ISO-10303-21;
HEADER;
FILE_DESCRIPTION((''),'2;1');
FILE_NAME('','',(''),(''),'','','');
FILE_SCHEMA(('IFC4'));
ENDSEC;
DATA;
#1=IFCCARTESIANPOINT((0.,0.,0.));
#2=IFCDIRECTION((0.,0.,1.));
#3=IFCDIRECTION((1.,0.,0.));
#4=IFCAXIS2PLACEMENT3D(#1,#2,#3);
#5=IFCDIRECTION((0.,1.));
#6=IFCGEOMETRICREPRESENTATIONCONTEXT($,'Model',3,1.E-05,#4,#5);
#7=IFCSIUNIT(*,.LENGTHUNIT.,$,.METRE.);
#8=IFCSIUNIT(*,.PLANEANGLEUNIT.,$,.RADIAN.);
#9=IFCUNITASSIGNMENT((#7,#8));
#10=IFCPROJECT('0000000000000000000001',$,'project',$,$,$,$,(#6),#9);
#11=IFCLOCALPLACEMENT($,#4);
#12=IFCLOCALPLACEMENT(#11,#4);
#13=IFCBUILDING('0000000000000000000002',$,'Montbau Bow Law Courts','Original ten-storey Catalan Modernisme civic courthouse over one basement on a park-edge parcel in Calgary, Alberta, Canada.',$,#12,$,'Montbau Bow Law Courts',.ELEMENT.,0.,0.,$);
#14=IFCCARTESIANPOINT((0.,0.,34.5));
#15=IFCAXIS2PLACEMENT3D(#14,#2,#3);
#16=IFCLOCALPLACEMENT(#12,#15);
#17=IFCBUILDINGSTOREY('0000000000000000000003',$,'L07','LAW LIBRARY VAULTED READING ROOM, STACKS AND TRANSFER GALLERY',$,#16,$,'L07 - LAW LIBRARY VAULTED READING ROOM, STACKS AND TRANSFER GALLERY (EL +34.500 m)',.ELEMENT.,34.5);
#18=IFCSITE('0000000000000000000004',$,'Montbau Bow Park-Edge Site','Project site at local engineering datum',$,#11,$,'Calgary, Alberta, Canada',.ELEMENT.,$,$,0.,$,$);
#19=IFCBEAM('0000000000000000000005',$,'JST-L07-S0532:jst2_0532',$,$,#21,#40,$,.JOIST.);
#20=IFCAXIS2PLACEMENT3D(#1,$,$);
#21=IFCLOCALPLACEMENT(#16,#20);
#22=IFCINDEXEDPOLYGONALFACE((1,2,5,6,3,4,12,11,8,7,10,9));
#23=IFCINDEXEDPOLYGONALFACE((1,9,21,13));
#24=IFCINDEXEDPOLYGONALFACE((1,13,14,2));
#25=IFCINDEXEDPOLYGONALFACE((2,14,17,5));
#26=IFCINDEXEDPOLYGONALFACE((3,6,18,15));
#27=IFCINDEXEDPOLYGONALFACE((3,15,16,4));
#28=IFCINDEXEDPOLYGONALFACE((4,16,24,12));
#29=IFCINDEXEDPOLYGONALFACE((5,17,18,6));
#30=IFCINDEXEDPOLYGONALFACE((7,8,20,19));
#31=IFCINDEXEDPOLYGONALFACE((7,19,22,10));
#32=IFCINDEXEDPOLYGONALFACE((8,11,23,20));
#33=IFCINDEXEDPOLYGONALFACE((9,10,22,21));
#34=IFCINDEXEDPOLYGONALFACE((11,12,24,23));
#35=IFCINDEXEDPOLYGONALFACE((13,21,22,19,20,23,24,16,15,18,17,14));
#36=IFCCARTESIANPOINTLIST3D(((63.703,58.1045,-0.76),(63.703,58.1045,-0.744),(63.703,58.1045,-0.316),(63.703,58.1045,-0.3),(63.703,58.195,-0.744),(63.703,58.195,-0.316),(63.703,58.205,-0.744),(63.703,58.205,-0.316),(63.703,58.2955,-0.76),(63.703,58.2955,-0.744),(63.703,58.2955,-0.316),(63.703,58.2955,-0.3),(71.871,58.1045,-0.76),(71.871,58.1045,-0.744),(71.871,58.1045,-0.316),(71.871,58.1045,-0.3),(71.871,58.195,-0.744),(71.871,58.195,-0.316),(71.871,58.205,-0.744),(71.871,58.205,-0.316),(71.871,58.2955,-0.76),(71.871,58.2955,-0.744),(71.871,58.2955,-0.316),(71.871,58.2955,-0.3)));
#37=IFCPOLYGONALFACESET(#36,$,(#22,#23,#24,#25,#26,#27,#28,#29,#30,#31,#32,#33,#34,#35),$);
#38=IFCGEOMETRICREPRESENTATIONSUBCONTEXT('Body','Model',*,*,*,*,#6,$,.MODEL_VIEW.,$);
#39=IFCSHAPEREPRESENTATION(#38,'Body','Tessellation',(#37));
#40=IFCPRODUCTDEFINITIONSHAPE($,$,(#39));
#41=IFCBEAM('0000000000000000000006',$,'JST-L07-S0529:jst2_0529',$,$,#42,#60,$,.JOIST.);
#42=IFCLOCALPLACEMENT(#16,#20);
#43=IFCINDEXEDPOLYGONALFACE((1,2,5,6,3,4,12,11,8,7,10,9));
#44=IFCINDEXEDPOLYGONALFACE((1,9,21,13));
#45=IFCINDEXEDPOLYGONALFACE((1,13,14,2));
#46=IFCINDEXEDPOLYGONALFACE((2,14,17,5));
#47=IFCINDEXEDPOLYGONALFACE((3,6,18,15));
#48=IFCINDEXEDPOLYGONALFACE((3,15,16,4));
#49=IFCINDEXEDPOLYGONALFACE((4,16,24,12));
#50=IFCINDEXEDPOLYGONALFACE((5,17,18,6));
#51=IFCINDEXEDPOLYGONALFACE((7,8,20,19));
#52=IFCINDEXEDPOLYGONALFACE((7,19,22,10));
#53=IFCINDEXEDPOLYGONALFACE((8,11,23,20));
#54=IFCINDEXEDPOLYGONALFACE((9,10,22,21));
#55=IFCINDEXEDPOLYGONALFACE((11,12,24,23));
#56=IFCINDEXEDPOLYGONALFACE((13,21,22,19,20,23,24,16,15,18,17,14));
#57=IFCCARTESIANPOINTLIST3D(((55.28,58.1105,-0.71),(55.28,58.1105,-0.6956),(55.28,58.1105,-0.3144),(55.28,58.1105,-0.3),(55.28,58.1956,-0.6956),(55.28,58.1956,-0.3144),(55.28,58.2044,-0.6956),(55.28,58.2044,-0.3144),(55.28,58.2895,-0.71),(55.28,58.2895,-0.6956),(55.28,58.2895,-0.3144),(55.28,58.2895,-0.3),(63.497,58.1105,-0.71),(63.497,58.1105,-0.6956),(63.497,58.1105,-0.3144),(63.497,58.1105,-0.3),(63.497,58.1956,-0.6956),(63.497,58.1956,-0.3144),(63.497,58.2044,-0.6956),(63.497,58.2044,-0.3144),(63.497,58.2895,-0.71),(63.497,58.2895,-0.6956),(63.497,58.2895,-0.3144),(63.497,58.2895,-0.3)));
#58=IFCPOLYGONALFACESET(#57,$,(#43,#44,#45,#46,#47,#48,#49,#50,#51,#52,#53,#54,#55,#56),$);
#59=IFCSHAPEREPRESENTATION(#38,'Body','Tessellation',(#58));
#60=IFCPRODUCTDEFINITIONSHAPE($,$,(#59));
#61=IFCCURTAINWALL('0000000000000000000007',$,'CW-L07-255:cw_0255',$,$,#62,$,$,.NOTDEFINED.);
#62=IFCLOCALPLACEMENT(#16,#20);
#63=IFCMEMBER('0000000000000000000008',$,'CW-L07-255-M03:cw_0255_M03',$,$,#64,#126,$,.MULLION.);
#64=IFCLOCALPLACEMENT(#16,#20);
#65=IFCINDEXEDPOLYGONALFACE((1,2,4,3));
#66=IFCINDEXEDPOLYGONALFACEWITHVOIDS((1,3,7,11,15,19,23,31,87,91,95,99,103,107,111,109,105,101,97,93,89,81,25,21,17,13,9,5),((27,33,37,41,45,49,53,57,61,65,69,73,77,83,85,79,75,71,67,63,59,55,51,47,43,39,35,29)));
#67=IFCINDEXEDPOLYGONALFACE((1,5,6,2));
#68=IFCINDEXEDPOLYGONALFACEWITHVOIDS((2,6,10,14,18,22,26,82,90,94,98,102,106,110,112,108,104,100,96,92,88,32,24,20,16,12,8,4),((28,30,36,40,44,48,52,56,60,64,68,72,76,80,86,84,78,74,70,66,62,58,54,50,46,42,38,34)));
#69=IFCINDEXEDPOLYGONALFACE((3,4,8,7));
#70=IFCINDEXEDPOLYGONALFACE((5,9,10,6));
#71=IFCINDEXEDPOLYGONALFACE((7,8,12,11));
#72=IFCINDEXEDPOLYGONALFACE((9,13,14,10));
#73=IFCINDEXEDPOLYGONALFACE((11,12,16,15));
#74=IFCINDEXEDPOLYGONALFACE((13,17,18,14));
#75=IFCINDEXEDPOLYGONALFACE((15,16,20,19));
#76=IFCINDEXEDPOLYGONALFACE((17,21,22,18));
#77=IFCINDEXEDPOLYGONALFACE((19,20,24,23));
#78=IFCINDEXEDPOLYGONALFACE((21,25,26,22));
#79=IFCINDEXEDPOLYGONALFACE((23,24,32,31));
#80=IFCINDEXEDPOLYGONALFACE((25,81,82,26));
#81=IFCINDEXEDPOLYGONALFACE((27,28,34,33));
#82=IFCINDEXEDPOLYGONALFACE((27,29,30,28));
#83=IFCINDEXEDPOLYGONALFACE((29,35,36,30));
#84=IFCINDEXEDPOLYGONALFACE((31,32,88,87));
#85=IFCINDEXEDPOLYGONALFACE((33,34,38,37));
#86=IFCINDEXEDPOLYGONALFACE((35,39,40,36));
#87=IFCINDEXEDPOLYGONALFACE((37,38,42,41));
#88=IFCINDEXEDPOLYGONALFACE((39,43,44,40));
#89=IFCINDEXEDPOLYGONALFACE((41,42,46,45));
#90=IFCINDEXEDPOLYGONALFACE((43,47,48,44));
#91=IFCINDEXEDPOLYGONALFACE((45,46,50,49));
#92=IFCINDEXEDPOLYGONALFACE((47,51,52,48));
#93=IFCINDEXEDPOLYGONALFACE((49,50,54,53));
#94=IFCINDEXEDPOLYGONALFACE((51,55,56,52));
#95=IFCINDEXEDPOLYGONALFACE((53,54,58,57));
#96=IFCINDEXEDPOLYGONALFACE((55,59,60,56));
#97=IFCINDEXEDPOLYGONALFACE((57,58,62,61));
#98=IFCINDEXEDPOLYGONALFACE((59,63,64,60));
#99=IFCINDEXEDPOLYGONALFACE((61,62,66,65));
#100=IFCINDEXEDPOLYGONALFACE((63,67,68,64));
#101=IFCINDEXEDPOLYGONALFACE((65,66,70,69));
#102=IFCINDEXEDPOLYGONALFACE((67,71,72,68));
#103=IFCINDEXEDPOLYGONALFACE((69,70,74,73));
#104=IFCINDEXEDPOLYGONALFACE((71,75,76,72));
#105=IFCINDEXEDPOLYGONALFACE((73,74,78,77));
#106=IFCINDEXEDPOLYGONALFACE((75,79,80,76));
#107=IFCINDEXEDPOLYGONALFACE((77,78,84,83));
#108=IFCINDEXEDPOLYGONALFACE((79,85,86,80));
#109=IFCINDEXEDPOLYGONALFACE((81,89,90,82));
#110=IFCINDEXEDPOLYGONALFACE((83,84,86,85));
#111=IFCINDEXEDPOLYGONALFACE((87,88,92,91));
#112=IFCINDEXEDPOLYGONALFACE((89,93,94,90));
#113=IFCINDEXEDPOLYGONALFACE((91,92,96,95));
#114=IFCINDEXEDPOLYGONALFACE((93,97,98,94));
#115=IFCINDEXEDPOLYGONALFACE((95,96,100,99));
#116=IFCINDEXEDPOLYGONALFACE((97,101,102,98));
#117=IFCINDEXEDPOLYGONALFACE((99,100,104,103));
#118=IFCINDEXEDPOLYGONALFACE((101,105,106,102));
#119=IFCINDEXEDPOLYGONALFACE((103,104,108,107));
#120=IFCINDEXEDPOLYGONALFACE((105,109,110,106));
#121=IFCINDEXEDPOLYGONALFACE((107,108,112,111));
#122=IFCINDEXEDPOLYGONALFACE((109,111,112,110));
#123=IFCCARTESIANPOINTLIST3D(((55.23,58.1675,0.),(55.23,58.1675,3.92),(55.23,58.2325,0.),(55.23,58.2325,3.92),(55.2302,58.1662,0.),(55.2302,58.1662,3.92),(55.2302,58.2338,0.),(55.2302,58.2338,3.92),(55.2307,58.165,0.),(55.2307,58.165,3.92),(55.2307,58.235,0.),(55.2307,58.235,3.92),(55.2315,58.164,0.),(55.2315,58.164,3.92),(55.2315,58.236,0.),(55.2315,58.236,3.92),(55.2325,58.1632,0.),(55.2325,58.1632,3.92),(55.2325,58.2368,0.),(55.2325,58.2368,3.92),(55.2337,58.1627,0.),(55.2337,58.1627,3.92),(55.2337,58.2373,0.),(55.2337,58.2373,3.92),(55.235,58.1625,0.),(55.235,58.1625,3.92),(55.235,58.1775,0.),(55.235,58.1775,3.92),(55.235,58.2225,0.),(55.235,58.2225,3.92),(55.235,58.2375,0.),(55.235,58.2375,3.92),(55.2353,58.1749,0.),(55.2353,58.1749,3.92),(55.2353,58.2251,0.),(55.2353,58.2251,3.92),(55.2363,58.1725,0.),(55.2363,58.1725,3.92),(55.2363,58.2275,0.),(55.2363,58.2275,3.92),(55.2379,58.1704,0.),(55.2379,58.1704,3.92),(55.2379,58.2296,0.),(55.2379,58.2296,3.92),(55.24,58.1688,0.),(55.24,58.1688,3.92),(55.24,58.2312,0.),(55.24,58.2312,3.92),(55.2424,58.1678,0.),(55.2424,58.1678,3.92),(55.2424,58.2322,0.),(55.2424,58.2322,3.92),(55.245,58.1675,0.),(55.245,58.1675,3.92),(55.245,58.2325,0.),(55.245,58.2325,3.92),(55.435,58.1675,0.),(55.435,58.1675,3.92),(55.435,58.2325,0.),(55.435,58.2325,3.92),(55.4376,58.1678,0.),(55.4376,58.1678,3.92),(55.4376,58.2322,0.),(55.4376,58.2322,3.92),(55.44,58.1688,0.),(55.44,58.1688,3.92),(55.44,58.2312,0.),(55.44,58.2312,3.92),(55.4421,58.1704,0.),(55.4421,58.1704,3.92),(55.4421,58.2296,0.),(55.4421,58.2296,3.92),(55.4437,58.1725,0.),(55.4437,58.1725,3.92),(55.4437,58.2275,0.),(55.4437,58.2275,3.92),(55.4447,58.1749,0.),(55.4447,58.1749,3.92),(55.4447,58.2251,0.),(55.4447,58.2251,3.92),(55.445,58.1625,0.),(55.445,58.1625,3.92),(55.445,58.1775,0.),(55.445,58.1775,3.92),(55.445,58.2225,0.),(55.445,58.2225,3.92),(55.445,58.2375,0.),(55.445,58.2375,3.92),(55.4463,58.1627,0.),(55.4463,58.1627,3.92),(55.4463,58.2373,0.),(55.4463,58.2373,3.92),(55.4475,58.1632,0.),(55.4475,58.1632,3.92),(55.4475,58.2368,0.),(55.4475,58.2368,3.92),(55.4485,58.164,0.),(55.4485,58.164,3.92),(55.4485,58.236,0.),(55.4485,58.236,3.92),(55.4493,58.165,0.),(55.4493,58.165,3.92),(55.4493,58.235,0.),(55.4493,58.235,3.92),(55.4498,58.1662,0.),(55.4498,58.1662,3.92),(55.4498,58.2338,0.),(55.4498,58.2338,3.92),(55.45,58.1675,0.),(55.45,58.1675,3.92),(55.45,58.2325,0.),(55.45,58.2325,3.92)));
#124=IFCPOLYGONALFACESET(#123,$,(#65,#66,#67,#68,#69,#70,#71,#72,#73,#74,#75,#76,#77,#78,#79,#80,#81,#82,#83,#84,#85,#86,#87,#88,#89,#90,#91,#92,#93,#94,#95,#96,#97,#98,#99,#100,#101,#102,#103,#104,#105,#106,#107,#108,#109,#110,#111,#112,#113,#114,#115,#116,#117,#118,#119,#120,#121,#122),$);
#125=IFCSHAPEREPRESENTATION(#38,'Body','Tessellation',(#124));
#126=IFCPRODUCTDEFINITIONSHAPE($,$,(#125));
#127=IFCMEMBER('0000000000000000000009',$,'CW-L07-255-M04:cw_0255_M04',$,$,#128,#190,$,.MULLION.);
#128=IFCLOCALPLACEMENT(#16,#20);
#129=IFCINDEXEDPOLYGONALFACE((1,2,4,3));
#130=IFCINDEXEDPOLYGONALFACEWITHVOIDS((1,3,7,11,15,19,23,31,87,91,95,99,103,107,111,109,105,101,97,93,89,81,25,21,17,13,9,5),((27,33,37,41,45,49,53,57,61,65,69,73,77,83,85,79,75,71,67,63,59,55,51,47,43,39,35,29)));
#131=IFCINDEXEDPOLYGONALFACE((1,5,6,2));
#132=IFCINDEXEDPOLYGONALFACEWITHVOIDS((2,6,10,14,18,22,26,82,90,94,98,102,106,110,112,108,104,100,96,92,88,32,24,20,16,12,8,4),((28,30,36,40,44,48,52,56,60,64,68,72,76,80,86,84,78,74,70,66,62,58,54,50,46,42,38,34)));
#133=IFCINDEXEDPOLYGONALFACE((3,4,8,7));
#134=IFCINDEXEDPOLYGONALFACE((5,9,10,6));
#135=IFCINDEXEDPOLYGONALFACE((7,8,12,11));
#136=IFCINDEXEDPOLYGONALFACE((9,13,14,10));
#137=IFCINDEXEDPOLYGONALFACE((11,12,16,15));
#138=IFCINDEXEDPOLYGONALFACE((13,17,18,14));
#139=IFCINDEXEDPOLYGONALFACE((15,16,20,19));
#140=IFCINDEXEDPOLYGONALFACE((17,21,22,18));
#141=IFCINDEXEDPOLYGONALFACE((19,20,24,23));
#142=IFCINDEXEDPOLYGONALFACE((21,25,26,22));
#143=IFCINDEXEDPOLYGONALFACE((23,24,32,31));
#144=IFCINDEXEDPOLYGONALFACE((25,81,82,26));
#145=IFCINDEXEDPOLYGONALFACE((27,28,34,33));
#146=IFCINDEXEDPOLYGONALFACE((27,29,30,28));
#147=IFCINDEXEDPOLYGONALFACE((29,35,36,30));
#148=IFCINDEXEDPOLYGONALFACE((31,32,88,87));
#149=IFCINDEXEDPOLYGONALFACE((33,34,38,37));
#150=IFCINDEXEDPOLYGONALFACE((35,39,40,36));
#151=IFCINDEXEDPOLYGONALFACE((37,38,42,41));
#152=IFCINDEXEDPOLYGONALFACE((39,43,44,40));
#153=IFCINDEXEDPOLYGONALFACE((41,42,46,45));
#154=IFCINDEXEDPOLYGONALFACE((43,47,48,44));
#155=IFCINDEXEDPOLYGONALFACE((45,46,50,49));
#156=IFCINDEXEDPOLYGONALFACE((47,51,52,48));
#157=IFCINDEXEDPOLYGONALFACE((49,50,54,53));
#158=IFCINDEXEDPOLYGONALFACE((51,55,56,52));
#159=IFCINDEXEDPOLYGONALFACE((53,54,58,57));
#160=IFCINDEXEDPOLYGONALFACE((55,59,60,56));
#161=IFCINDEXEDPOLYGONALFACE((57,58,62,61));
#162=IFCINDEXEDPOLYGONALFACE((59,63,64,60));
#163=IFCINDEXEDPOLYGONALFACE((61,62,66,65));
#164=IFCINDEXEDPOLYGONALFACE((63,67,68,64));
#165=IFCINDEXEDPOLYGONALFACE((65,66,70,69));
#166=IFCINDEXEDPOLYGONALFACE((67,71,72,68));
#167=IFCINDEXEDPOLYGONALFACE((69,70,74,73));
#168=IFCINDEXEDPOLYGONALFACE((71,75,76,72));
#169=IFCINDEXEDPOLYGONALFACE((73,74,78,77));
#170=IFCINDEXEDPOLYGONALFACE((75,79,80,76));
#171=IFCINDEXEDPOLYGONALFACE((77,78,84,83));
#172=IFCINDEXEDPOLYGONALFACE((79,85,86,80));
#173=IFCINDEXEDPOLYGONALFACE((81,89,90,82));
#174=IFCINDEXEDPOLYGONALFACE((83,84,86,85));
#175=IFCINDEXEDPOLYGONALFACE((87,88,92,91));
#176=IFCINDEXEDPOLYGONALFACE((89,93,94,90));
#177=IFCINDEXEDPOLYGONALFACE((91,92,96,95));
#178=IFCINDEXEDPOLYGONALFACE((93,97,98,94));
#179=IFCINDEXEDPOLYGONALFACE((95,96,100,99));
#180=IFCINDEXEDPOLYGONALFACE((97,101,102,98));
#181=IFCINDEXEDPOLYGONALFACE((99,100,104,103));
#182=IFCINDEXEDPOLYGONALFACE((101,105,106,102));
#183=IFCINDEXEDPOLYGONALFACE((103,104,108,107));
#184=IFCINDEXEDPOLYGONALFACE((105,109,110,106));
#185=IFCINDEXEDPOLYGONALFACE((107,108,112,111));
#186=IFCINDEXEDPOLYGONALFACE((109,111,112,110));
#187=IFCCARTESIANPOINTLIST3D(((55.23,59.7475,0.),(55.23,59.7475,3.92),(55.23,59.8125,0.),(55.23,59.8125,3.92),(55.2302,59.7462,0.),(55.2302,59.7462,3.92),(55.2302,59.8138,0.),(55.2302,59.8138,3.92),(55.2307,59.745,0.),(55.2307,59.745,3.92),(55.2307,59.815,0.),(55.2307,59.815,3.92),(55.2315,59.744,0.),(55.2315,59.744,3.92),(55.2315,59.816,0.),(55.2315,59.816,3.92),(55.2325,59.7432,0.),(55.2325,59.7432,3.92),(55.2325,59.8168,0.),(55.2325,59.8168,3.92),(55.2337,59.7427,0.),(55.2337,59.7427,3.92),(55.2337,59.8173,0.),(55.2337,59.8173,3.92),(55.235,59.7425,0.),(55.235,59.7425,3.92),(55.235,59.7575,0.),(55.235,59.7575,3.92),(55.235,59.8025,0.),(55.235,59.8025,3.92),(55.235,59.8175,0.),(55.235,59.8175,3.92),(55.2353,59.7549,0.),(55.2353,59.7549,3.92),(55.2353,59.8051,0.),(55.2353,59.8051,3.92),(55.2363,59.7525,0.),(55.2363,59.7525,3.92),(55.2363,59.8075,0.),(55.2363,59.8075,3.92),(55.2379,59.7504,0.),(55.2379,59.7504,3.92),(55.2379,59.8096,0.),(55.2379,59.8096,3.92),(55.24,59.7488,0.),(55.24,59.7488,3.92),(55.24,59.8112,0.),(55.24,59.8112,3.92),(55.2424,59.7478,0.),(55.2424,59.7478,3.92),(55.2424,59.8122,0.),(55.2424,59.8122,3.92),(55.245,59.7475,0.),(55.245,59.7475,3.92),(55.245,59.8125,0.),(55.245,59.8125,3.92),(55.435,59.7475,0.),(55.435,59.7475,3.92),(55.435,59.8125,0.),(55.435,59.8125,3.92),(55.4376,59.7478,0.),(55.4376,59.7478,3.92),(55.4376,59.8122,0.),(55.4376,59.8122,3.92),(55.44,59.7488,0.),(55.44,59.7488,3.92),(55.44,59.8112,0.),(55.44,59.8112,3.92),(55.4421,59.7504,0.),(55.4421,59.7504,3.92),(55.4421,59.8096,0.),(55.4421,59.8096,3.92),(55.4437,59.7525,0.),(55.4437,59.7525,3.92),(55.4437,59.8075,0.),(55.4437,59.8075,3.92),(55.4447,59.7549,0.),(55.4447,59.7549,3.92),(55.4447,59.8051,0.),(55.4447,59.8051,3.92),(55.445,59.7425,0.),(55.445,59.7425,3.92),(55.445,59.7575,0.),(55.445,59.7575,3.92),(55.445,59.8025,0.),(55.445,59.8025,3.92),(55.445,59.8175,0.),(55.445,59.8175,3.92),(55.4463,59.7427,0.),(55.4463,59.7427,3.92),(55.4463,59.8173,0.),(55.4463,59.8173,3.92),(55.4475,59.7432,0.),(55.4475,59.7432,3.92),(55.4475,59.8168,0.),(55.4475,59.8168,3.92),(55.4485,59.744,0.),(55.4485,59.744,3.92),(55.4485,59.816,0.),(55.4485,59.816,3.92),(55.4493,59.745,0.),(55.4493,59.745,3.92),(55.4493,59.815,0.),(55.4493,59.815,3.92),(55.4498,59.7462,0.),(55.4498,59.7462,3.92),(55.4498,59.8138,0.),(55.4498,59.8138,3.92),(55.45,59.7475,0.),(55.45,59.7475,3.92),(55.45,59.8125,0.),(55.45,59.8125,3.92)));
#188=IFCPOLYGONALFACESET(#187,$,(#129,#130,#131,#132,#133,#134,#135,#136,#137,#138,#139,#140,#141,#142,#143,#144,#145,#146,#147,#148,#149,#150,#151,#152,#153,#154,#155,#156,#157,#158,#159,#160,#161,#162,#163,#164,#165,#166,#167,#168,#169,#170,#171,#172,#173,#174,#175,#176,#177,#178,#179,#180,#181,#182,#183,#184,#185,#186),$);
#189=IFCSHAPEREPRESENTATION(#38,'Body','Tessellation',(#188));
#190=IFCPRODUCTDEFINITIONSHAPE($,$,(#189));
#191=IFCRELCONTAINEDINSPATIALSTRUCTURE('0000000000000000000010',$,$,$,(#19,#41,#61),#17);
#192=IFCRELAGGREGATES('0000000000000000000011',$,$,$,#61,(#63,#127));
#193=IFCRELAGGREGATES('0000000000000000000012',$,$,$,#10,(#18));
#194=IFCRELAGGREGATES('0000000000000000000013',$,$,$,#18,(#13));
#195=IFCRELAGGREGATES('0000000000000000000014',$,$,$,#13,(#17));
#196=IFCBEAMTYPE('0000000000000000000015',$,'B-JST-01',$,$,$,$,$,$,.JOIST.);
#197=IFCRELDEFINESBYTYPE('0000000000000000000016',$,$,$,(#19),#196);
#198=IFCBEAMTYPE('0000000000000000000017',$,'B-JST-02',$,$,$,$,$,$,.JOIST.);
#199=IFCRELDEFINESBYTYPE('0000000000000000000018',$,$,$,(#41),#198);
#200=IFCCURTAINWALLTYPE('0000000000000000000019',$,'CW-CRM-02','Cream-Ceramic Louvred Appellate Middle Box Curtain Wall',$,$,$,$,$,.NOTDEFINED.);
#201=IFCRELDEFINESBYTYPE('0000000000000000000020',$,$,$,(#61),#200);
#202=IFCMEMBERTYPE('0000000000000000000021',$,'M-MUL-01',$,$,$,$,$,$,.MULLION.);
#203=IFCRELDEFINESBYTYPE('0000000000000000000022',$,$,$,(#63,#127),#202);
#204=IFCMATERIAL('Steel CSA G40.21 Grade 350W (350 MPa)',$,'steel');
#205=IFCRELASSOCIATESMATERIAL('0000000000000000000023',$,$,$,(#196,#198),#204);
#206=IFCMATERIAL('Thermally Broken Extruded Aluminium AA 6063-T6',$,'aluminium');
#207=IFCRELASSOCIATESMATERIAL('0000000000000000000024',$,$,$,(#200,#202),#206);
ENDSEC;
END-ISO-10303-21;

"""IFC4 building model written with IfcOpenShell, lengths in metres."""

from ifc_helpers import new_model, si_unit, direction, frame, origin_with_axes, origin_2d_with_axis, place, context, subcontext, project, spatial, hollow_rectangle, i_section, extrude, material, material_profile, profile_set, type_object, element, aggregate, save


model = new_model("IFC4")

# Units and contexts
model_context = context("Model", 3, precision=1e-05, world=origin_with_axes(), true_north=direction((0.0, 1.0)))
body_context = subcontext(model_context, "Body", "Model", "MODEL_VIEW")
ifc_project = project(units=[si_unit("LENGTHUNIT", "METRE"), si_unit("PLANEANGLEUNIT", "RADIAN")], contexts=[model_context])

# Site, building, storey
site_placement = place(None, origin_with_axes())
site = spatial("IfcSite", under=ifc_project, at=site_placement, Name="Montbau Bow Park-Edge Site", Description="Project site at local engineering datum", LongName="Calgary, Alberta, Canada", CompositionType="ELEMENT", RefElevation=0.0)
building_placement = place(site_placement, origin_with_axes())
building = spatial("IfcBuilding", under=site, at=building_placement, Name="Montbau Bow Law Courts", Description="Original ten-storey Catalan Modernisme civic courthouse over one basement on a park-edge parcel in Calgary, Alberta, Canada.", LongName="Montbau Bow Law Courts", CompositionType="ELEMENT", ElevationOfRefHeight=0.0, ElevationOfTerrain=0.0)
storey_placement = place(building_placement, frame((0.0, 0.0, 34.5), z_axis=(0.0, 0.0, 1.0), x_axis=(1.0, 0.0, 0.0)))
storey = spatial("IfcBuildingStorey", under=building, at=storey_placement, Name="L07", Description="LAW LIBRARY VAULTED READING ROOM, STACKS AND TRANSFER GALLERY", LongName="L07 - LAW LIBRARY VAULTED READING ROOM, STACKS AND TRANSFER GALLERY (EL +34.500 m)", CompositionType="ELEMENT", Elevation=34.5)

# Beams
ifc_material_1 = material(Name="Steel CSA G40.21 Grade 350W (350 MPa)", Category="steel")
ifc_material_profile_1 = material_profile(ifc_material_1, i_section(OverallWidth=0.191, OverallDepth=0.46, WebThickness=0.0099, FlangeThickness=0.016, at=origin_2d_with_axis()), Name="W460X82", Category="Main", Priority=0)
ifc_profile_set_1 = profile_set([ifc_material_profile_1], Name="Steel CSA G40.21 Grade 350W (350 MPa)")
beam_type_1 = type_object("IfcBeamType", Name="B-JST-01", PredefinedType="JOIST", material=ifc_profile_set_1)
beam_1_placement = place(None, frame((63.703, 58.2, 33.97), z_axis=(1.0, 0.0, 0.0), x_axis=(0.0, 1.0, 0.0)))
element("IfcBeam", 1, at=beam_1_placement, inside=storey, type_object=beam_type_1, Name="JST-L07-S0532:jst2_0532", PredefinedType="JOIST", context=body_context, shape_type="SweptSolid", body=[
    extrude(i_section(OverallWidth=0.191, OverallDepth=0.46, WebThickness=0.0099, FlangeThickness=0.016, at=origin_2d_with_axis()), origin_with_axes(), (0.0, 0.0, 1.0), 8.168),
])
ifc_material_profile_2 = material_profile(ifc_material_1, i_section(OverallWidth=0.179, OverallDepth=0.41, WebThickness=0.0088, FlangeThickness=0.0144, at=origin_2d_with_axis()), Name="W410X67", Category="Main", Priority=0)
ifc_profile_set_2 = profile_set([ifc_material_profile_2], Name="Steel CSA G40.21 Grade 350W (350 MPa)")
beam_type_2 = type_object("IfcBeamType", Name="B-JST-02", PredefinedType="JOIST", material=ifc_profile_set_2)
beam_2_placement = place(None, frame((55.28, 58.2, 33.995), z_axis=(1.0, 0.0, 0.0), x_axis=(0.0, 1.0, 0.0)))
element("IfcBeam", 2, at=beam_2_placement, inside=storey, type_object=beam_type_2, Name="JST-L07-S0529:jst2_0529", PredefinedType="JOIST", context=body_context, shape_type="SweptSolid", body=[
    extrude(i_section(OverallWidth=0.179, OverallDepth=0.41, WebThickness=0.0088, FlangeThickness=0.0144, at=origin_2d_with_axis()), origin_with_axes(), (0.0, 0.0, 1.0), 8.217),
])

# Curtain wall, members
ifc_material_2 = material(Name="Thermally Broken Extruded Aluminium AA 6063-T6", Category="aluminium")
curtain_wall_type = type_object("IfcCurtainWallType", Name="CW-CRM-02", Description="Cream-Ceramic Louvred Appellate Middle Box Curtain Wall", PredefinedType="NOTDEFINED", material=ifc_material_2)
curtain_wall_1_placement = place(None, frame((55.34, 55.04, 34.5), z_axis=(0.0, 0.0, 1.0), x_axis=(1.0, 0.0, 0.0)))
curtain_wall_1 = element("IfcCurtainWall", 3, at=curtain_wall_1_placement, inside=storey, type_object=curtain_wall_type, Name="CW-L07-255:cw_0255", PredefinedType="NOTDEFINED")
ifc_material_profile_3 = material_profile(ifc_material_2, hollow_rectangle(XDim=0.075, YDim=0.22, WallThickness=0.005, InnerFilletRadius=0.01, OuterFilletRadius=0.005, at=origin_2d_with_axis()), Name="CWM-220X75", Category="Main", Priority=0)
ifc_profile_set_3 = profile_set([ifc_material_profile_3], Name="Thermally Broken Extruded Aluminium AA 6063-T6")
member_type_1 = type_object("IfcMemberType", Name="M-MUL-01", PredefinedType="MULLION", material=ifc_profile_set_3)
member_1_placement = place(None, frame((55.34, 58.2, 34.5), z_axis=(0.0, 0.0, 1.0), x_axis=(0.0, 1.0, 0.0)))
member_1 = element("IfcMember", 4, at=member_1_placement, type_object=member_type_1, Name="CW-L07-255-M03:cw_0255_M03", PredefinedType="MULLION", context=body_context, shape_type="SweptSolid", body=[
    extrude(hollow_rectangle(XDim=0.075, YDim=0.22, WallThickness=0.005, InnerFilletRadius=0.01, OuterFilletRadius=0.005, at=origin_2d_with_axis()), origin_with_axes(), (0.0, 0.0, 1.0), 3.92),
])
member_2_placement = place(None, frame((55.34, 59.78, 34.5), z_axis=(0.0, 0.0, 1.0), x_axis=(0.0, 1.0, 0.0)))
member_2 = element("IfcMember", 5, at=member_2_placement, type_object=member_type_1, Name="CW-L07-255-M04:cw_0255_M04", PredefinedType="MULLION", context=body_context, shape_type="SweptSolid", body=[
    extrude(hollow_rectangle(XDim=0.075, YDim=0.22, WallThickness=0.005, InnerFilletRadius=0.01, OuterFilletRadius=0.005, at=origin_2d_with_axis()), origin_with_axes(), (0.0, 0.0, 1.0), 3.92),
])

aggregate(curtain_wall_1, [member_1, member_2])

save(model, "model.ifc")
